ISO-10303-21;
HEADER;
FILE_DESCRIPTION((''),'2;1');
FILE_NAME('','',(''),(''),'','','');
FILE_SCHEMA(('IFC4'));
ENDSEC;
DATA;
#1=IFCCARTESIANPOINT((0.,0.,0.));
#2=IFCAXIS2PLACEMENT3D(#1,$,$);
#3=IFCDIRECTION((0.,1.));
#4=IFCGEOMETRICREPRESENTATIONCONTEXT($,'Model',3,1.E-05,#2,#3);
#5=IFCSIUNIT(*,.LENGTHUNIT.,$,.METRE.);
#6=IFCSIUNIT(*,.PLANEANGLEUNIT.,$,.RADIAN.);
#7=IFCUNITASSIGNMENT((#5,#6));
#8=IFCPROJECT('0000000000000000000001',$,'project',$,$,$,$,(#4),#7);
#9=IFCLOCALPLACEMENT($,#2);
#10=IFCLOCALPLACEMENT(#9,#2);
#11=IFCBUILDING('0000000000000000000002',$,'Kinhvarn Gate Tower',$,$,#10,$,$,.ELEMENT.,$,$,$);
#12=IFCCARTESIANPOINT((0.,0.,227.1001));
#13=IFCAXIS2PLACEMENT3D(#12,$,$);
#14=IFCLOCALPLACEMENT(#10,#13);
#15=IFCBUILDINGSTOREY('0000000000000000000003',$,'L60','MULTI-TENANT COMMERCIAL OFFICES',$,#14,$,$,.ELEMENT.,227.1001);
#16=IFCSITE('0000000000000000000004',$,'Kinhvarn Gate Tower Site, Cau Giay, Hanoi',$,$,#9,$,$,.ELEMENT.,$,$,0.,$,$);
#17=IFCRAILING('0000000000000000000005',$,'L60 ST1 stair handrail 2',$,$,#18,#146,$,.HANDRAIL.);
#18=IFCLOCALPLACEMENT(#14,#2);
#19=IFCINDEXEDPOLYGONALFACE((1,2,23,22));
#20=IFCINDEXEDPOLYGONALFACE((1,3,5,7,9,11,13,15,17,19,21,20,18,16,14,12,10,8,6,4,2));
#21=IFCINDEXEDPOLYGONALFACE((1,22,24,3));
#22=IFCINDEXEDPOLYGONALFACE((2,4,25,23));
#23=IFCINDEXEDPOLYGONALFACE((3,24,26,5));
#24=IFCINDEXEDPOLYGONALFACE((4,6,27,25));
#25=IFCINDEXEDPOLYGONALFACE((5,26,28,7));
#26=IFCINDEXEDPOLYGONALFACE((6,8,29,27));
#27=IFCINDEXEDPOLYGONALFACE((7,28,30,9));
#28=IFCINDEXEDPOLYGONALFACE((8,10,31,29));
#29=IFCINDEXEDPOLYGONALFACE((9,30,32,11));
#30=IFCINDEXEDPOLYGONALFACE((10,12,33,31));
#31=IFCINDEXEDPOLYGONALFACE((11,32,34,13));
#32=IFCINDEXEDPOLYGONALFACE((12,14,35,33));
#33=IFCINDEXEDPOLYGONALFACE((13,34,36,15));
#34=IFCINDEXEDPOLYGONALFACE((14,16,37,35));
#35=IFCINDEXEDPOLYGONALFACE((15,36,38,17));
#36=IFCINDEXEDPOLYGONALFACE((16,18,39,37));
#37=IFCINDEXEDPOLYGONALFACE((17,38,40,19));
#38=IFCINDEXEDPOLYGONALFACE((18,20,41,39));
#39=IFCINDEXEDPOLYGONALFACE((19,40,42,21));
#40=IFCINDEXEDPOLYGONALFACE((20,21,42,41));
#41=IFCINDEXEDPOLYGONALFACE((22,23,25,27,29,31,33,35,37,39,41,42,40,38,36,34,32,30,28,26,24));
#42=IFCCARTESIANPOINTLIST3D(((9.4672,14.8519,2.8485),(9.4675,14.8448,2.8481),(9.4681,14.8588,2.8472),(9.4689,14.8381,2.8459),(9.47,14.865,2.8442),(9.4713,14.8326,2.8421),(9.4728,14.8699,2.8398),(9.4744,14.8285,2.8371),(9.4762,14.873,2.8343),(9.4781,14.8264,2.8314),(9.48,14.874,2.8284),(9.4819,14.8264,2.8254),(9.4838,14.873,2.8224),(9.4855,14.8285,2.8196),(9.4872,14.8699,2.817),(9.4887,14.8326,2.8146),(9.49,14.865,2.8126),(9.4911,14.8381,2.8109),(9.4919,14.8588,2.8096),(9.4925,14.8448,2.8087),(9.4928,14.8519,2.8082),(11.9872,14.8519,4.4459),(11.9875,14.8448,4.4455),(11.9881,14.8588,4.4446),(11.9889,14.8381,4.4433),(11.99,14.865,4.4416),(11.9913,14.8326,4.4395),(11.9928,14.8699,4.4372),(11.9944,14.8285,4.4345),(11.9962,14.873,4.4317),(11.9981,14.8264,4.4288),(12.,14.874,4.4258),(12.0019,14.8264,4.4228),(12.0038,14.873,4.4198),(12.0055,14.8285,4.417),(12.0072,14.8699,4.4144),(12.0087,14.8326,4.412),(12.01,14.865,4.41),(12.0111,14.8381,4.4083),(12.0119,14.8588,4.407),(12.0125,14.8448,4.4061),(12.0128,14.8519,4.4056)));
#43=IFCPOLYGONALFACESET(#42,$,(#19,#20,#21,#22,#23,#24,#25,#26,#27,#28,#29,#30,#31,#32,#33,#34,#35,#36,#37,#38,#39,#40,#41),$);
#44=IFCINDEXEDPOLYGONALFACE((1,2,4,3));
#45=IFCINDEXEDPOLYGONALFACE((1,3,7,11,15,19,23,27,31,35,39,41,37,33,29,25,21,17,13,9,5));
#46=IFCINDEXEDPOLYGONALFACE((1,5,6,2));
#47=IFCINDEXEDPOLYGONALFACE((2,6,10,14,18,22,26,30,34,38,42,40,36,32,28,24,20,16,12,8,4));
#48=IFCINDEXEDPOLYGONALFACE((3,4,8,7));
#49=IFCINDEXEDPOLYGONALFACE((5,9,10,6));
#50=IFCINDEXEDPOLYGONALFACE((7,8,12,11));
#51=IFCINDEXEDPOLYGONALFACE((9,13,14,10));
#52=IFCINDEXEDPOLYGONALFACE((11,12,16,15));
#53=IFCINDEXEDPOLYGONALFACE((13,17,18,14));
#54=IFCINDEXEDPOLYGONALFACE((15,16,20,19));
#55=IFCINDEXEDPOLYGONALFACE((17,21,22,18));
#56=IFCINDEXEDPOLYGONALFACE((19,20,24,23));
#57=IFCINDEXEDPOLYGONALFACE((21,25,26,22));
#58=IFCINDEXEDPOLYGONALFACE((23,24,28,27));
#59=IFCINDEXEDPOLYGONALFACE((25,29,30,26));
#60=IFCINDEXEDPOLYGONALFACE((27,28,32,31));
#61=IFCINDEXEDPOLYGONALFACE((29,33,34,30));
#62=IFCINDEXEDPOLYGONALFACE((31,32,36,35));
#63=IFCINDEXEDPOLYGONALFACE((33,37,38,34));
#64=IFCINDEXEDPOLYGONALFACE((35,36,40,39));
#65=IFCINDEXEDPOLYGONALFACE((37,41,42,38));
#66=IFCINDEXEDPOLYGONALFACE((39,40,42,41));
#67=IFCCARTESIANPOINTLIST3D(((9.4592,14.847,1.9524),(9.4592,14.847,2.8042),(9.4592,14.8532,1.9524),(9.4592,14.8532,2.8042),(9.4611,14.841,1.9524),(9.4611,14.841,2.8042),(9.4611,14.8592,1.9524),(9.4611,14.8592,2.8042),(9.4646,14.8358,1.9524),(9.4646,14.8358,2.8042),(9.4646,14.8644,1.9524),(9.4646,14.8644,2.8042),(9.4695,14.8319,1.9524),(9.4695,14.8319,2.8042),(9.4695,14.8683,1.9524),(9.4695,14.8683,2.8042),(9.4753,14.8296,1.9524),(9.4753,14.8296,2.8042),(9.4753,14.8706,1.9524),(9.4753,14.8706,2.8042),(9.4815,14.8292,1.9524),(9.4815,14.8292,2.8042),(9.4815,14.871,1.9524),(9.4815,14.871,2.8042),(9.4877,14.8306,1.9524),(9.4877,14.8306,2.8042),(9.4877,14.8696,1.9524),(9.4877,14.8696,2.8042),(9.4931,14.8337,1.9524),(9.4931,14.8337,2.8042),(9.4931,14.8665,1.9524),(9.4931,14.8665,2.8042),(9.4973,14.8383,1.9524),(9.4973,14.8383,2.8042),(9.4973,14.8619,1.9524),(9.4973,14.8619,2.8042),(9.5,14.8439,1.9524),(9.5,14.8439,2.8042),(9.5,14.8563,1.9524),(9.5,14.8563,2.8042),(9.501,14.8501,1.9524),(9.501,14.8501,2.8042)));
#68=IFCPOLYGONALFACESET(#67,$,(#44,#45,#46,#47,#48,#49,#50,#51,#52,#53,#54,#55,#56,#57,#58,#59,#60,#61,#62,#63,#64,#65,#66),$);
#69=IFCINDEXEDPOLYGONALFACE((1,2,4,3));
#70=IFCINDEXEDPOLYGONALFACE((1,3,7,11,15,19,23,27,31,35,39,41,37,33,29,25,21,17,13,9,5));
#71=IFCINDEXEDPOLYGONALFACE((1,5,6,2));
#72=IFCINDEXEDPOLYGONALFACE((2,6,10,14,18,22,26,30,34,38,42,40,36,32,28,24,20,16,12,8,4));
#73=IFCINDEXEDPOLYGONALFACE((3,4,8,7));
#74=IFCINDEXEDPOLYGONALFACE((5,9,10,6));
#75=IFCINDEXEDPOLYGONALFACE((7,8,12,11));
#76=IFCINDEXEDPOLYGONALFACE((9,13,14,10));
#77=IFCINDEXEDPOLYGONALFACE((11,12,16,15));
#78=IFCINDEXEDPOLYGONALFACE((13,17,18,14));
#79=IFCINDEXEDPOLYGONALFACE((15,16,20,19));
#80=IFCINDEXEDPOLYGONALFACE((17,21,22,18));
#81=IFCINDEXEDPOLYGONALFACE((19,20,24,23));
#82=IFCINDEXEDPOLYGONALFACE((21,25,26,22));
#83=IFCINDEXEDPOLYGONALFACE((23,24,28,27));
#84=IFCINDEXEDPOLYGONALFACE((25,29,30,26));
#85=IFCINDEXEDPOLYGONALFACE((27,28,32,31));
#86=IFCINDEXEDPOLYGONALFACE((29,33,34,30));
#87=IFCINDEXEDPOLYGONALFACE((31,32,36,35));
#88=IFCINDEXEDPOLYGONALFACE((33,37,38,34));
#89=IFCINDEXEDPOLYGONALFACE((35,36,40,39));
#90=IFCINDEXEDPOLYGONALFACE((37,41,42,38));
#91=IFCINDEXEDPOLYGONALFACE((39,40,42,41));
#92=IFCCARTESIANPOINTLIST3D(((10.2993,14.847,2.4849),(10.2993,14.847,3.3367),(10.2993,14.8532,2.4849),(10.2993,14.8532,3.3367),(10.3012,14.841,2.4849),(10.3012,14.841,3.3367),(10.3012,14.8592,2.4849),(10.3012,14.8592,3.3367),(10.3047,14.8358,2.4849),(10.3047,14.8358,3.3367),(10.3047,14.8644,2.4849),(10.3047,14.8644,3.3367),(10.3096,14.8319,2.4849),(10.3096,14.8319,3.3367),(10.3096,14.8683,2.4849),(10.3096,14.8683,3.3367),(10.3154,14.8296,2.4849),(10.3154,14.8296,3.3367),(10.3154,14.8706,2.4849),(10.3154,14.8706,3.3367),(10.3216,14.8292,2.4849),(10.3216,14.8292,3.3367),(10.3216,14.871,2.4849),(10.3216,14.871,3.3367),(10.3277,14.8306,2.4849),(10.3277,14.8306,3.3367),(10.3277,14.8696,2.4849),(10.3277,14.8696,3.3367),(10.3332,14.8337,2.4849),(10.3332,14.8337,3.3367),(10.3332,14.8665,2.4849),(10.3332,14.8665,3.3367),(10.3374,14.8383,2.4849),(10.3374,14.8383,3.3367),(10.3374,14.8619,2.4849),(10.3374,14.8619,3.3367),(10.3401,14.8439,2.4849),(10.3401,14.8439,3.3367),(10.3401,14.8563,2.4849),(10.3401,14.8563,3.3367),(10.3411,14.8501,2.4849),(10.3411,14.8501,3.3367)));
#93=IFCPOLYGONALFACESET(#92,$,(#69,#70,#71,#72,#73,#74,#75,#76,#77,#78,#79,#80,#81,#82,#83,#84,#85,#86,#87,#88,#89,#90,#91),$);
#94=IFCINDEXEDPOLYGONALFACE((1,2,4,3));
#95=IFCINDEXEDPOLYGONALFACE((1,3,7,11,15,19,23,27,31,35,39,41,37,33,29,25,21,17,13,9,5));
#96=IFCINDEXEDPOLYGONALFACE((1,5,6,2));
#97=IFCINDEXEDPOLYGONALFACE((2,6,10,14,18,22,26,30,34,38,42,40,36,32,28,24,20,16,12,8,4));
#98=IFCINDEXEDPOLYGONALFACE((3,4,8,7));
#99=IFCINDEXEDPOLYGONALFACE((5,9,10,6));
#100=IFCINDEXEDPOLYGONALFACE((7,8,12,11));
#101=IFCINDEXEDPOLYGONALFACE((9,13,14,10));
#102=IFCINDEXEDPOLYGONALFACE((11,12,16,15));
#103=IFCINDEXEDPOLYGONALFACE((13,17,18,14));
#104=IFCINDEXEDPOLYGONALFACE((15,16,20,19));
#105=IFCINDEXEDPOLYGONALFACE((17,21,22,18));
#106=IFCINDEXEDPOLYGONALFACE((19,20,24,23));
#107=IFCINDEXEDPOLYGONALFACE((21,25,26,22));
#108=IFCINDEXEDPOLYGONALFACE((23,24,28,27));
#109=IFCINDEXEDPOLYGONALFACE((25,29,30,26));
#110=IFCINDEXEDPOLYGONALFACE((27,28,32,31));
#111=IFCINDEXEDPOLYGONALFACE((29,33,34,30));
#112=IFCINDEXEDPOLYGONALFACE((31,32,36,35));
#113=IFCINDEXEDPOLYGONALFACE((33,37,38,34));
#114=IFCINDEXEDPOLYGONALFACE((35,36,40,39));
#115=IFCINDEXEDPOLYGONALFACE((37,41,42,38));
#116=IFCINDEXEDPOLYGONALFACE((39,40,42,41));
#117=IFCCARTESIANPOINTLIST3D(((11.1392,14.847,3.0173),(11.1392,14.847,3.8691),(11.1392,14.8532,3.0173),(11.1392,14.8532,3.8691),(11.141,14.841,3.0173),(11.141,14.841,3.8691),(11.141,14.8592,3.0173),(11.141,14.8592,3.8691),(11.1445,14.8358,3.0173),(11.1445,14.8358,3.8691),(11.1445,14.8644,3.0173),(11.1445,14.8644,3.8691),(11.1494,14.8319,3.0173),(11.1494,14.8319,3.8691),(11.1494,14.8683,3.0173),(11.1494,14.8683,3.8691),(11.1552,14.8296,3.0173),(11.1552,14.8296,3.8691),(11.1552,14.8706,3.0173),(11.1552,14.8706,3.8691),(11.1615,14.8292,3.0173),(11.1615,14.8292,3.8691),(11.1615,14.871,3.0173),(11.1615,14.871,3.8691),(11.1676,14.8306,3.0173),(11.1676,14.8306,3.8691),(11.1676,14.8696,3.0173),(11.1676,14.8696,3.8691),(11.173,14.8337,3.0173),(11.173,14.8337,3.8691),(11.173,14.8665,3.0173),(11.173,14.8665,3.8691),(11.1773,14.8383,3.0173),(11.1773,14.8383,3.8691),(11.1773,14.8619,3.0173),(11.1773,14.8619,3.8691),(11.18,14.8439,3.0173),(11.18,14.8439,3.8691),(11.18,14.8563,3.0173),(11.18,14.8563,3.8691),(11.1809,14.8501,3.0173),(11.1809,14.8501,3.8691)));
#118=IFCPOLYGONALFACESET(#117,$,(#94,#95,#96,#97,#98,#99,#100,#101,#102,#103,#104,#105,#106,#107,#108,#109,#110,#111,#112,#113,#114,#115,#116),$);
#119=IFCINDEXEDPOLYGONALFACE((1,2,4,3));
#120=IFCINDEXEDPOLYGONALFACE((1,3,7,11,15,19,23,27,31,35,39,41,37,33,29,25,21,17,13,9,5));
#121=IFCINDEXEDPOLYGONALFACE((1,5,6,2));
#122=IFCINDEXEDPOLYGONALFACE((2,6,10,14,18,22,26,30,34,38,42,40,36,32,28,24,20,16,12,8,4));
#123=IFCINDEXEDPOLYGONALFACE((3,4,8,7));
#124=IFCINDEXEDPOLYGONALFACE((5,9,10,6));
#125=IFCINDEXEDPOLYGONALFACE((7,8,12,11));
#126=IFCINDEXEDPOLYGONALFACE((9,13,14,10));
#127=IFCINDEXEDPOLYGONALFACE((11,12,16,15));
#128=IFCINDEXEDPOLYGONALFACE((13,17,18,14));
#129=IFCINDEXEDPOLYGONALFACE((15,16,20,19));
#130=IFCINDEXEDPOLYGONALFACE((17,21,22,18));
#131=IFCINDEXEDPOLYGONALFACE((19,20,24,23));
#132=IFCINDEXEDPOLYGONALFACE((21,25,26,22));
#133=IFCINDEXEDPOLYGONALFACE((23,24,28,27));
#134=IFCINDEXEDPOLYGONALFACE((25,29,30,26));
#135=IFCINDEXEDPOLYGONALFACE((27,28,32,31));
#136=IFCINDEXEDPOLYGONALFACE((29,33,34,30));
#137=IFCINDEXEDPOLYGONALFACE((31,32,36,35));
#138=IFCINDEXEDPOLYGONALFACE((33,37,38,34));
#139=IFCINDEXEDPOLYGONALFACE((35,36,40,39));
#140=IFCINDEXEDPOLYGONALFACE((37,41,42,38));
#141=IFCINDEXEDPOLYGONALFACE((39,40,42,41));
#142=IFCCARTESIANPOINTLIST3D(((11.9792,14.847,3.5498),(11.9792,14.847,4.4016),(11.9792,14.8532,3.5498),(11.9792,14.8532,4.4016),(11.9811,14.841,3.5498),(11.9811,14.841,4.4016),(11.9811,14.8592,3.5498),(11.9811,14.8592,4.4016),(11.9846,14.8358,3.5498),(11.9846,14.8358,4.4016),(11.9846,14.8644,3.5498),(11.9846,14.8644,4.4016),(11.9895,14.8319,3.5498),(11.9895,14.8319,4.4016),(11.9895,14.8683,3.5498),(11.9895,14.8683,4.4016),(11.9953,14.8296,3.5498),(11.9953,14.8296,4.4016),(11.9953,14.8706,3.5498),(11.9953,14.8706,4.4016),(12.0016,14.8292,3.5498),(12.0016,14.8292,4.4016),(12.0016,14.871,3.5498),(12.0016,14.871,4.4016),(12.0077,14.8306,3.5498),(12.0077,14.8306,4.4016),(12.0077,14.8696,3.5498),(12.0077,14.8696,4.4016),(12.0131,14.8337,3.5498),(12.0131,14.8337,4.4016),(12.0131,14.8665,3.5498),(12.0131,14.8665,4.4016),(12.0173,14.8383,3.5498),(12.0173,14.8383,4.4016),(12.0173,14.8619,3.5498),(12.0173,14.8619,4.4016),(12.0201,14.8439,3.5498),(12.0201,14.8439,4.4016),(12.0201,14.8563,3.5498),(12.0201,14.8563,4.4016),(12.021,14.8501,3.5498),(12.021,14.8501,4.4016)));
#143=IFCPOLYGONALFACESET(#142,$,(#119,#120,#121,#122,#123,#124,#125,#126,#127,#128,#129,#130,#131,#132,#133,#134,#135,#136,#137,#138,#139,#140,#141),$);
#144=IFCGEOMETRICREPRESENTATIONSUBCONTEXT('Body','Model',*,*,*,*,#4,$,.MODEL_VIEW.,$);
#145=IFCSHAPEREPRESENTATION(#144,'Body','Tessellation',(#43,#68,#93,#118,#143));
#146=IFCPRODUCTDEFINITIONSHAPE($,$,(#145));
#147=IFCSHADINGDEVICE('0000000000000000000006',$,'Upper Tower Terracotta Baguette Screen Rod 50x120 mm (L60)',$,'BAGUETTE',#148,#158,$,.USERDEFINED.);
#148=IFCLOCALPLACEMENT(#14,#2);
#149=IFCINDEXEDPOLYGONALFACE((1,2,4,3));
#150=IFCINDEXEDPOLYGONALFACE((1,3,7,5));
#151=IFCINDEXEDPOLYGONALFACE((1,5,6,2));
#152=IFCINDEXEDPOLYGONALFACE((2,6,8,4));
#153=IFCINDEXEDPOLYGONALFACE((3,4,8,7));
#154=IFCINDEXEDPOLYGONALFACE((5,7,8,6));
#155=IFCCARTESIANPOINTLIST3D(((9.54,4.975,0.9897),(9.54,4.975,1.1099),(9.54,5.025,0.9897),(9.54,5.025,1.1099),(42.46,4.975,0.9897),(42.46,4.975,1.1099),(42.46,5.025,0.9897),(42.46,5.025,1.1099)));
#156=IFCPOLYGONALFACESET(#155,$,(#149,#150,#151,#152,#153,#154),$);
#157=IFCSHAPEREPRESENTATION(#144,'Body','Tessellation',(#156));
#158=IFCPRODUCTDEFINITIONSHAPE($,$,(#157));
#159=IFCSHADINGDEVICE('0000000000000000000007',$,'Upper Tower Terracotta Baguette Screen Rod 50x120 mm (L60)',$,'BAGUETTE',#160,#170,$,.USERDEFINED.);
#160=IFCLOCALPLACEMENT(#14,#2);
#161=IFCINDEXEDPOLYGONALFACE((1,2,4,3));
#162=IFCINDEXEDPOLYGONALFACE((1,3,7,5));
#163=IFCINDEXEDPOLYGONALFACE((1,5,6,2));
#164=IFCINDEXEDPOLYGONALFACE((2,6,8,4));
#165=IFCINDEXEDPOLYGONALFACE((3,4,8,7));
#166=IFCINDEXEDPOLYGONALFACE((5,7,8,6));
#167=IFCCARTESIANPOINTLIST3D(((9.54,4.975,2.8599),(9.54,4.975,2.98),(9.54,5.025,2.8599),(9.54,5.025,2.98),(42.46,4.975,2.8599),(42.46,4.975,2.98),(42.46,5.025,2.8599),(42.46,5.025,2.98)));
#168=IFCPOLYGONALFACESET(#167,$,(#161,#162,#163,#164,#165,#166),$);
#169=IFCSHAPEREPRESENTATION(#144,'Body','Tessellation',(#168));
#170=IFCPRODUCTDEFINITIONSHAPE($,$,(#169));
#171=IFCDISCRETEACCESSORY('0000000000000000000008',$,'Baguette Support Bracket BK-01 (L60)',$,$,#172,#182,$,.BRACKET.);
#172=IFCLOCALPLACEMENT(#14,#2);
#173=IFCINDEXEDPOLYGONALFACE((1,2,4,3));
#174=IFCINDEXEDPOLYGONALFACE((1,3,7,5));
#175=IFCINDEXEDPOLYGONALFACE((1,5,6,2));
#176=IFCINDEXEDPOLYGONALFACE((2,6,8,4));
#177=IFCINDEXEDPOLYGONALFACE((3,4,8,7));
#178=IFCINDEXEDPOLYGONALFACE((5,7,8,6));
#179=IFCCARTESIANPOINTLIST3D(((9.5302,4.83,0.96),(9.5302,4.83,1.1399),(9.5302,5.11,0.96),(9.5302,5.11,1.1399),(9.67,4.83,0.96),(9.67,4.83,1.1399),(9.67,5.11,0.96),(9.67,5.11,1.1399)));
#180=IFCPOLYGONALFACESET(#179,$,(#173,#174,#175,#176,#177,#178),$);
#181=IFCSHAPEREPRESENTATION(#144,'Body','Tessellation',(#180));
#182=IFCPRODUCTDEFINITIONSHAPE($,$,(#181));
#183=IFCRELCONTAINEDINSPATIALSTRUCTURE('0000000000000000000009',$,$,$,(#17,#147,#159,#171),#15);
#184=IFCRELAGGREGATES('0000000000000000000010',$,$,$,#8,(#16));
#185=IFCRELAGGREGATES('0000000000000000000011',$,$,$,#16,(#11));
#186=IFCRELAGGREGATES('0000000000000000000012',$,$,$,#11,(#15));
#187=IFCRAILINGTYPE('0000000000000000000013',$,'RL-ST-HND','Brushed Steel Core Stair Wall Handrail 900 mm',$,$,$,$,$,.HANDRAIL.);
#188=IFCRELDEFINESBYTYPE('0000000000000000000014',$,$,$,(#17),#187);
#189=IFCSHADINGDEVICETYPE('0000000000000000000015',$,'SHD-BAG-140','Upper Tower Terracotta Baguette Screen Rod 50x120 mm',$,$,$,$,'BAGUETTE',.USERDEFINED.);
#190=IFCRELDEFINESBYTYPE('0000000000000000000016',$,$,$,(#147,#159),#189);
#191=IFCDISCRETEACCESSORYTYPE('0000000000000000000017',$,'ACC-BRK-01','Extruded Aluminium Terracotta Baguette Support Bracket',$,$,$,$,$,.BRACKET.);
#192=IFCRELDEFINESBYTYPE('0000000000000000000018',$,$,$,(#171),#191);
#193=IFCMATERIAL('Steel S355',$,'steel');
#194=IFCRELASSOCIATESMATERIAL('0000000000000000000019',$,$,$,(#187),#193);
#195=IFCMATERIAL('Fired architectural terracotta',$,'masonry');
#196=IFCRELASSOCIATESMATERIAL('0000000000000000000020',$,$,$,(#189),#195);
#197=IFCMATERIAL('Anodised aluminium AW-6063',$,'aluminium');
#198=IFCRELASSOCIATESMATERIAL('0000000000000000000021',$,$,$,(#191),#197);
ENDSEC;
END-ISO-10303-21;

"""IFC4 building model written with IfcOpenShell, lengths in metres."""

from ifc_helpers import new_model, si_unit, direction, frame, origin, origin_2d, place, context, subcontext, project, spatial, rectangle, circle, extrude, material, material_profile, profile_set, type_object, element, save


model = new_model("IFC4")

# Units and contexts
model_context = context("Model", 3, precision=1e-05, world=origin(), true_north=direction((0.0, 1.0)))
body_context = subcontext(model_context, "Body", "Model", "MODEL_VIEW")
ifc_project = project(units=[si_unit("LENGTHUNIT", "METRE"), si_unit("PLANEANGLEUNIT", "RADIAN")], contexts=[model_context])

# Site, building, storey
site_placement = place(None, origin())
site = spatial("IfcSite", under=ifc_project, at=site_placement, Name="Kinhvarn Gate Tower Site, Cau Giay, Hanoi", CompositionType="ELEMENT", RefElevation=0.0)
building_placement = place(site_placement, origin())
building = spatial("IfcBuilding", under=site, at=building_placement, Name="Kinhvarn Gate Tower", CompositionType="ELEMENT")
storey_placement = place(building_placement, frame((0.0, 0.0, 227.1001)))
storey = spatial("IfcBuildingStorey", under=building, at=storey_placement, Name="L60", Description="MULTI-TENANT COMMERCIAL OFFICES", CompositionType="ELEMENT", Elevation=227.1001)

# Shared definitions
ifc_material_1 = material(Name="Anodised aluminium AW-6063", Category="aluminium")

# Shared definitions
ifc_material_2 = material(Name="Steel S355", Category="steel")

# Shared definitions
ifc_material_3 = material(Name="Fired architectural terracotta", Category="masonry")

# Railing
railing_type_1 = type_object("IfcRailingType", Name="RL-ST-HND", Description="Brushed Steel Core Stair Wall Handrail 900 mm", PredefinedType="HANDRAIL", material=ifc_material_2)
railing_1_placement = place(storey_placement, frame((9.48, 14.8501, 1.9524)))
element("IfcRailing", 1, at=railing_1_placement, inside=storey, type_object=railing_type_1, Name="L60 ST1 stair handrail 2", PredefinedType="HANDRAIL", context=body_context, shape_type="SweptSolid", body=[
    extrude(circle(Radius=0.0239, at=origin_2d()), frame((0.0, 0.0, 0.876), z_axis=(0.844607, 0.0, 0.535387), x_axis=(0.0, 1.0, 0.0)), (0.0, 0.0, 1.0), 2.9836),
    extrude(circle(Radius=0.021, at=origin_2d()), origin(), (0.0, 0.0, 1.0), 0.8518),
    extrude(circle(Radius=0.021, at=origin_2d()), frame((0.8401, 0.0, 0.5325)), (0.0, 0.0, 1.0), 0.8518),
    extrude(circle(Radius=0.021, at=origin_2d()), frame((1.6799, 0.0, 1.0649)), (0.0, 0.0, 1.0), 0.8518),
    extrude(circle(Radius=0.021, at=origin_2d()), frame((2.52, 0.0, 1.5974)), (0.0, 0.0, 1.0), 0.8518),
])

# Shading devices
ifc_material_profile_1 = material_profile(ifc_material_3, rectangle(XDim=0.05, YDim=0.1201, at=origin_2d()), Name="TC 50x120")
ifc_profile_set_1 = profile_set([ifc_material_profile_1], Name="Fired architectural terracotta")
shading_device_type = type_object("IfcShadingDeviceType", Name="SHD-BAG-140", Description="Upper Tower Terracotta Baguette Screen Rod 50x120 mm", ElementType="BAGUETTE", PredefinedType="USERDEFINED", material=ifc_profile_set_1)
for number, where, z_axis, x_axis, name in (
    (2, (9.54, 5.0, 1.0498), (1.0, 0.0, 0.0), (0.0, 1.0, 0.0), "Upper Tower Terracotta Baguette Screen Rod 50x120 mm (L60)"),
    (3, (9.54, 5.0, 2.9199), (1.0, 0.0, 0.0), (0.0, 1.0, 0.0), "Upper Tower Terracotta Baguette Screen Rod 50x120 mm (L60)"),
):
    element("IfcShadingDevice", number, at=place(storey_placement, frame(where, z_axis=z_axis, x_axis=x_axis)), inside=storey, type_object=shading_device_type, Name=name, ObjectType="BAGUETTE", PredefinedType="USERDEFINED", context=body_context, shape_type="SweptSolid", body=[
        extrude(rectangle(XDim=0.05, YDim=0.1201, at=origin_2d()), origin(), (0.0, 0.0, 1.0), 32.9199),
    ])

# Discrete accessory
discrete_accessory_type = type_object("IfcDiscreteAccessoryType", Name="ACC-BRK-01", Description="Extruded Aluminium Terracotta Baguette Support Bracket", PredefinedType="BRACKET", material=ifc_material_1)
discrete_accessory_placement = place(storey_placement, frame((9.6001, 4.97, 0.96), z_axis=(0.0, 0.0, 1.0), x_axis=(1.0, 0.0, 0.0)))
element("IfcDiscreteAccessory", 4, at=discrete_accessory_placement, inside=storey, type_object=discrete_accessory_type, Name="Baguette Support Bracket BK-01 (L60)", PredefinedType="BRACKET", context=body_context, shape_type="SweptSolid", body=[
    extrude(rectangle(XDim=0.1399, YDim=0.28, at=origin_2d()), origin(), (0.0, 0.0, 1.0), 0.1799),
])

save(model, "model.ifc")
